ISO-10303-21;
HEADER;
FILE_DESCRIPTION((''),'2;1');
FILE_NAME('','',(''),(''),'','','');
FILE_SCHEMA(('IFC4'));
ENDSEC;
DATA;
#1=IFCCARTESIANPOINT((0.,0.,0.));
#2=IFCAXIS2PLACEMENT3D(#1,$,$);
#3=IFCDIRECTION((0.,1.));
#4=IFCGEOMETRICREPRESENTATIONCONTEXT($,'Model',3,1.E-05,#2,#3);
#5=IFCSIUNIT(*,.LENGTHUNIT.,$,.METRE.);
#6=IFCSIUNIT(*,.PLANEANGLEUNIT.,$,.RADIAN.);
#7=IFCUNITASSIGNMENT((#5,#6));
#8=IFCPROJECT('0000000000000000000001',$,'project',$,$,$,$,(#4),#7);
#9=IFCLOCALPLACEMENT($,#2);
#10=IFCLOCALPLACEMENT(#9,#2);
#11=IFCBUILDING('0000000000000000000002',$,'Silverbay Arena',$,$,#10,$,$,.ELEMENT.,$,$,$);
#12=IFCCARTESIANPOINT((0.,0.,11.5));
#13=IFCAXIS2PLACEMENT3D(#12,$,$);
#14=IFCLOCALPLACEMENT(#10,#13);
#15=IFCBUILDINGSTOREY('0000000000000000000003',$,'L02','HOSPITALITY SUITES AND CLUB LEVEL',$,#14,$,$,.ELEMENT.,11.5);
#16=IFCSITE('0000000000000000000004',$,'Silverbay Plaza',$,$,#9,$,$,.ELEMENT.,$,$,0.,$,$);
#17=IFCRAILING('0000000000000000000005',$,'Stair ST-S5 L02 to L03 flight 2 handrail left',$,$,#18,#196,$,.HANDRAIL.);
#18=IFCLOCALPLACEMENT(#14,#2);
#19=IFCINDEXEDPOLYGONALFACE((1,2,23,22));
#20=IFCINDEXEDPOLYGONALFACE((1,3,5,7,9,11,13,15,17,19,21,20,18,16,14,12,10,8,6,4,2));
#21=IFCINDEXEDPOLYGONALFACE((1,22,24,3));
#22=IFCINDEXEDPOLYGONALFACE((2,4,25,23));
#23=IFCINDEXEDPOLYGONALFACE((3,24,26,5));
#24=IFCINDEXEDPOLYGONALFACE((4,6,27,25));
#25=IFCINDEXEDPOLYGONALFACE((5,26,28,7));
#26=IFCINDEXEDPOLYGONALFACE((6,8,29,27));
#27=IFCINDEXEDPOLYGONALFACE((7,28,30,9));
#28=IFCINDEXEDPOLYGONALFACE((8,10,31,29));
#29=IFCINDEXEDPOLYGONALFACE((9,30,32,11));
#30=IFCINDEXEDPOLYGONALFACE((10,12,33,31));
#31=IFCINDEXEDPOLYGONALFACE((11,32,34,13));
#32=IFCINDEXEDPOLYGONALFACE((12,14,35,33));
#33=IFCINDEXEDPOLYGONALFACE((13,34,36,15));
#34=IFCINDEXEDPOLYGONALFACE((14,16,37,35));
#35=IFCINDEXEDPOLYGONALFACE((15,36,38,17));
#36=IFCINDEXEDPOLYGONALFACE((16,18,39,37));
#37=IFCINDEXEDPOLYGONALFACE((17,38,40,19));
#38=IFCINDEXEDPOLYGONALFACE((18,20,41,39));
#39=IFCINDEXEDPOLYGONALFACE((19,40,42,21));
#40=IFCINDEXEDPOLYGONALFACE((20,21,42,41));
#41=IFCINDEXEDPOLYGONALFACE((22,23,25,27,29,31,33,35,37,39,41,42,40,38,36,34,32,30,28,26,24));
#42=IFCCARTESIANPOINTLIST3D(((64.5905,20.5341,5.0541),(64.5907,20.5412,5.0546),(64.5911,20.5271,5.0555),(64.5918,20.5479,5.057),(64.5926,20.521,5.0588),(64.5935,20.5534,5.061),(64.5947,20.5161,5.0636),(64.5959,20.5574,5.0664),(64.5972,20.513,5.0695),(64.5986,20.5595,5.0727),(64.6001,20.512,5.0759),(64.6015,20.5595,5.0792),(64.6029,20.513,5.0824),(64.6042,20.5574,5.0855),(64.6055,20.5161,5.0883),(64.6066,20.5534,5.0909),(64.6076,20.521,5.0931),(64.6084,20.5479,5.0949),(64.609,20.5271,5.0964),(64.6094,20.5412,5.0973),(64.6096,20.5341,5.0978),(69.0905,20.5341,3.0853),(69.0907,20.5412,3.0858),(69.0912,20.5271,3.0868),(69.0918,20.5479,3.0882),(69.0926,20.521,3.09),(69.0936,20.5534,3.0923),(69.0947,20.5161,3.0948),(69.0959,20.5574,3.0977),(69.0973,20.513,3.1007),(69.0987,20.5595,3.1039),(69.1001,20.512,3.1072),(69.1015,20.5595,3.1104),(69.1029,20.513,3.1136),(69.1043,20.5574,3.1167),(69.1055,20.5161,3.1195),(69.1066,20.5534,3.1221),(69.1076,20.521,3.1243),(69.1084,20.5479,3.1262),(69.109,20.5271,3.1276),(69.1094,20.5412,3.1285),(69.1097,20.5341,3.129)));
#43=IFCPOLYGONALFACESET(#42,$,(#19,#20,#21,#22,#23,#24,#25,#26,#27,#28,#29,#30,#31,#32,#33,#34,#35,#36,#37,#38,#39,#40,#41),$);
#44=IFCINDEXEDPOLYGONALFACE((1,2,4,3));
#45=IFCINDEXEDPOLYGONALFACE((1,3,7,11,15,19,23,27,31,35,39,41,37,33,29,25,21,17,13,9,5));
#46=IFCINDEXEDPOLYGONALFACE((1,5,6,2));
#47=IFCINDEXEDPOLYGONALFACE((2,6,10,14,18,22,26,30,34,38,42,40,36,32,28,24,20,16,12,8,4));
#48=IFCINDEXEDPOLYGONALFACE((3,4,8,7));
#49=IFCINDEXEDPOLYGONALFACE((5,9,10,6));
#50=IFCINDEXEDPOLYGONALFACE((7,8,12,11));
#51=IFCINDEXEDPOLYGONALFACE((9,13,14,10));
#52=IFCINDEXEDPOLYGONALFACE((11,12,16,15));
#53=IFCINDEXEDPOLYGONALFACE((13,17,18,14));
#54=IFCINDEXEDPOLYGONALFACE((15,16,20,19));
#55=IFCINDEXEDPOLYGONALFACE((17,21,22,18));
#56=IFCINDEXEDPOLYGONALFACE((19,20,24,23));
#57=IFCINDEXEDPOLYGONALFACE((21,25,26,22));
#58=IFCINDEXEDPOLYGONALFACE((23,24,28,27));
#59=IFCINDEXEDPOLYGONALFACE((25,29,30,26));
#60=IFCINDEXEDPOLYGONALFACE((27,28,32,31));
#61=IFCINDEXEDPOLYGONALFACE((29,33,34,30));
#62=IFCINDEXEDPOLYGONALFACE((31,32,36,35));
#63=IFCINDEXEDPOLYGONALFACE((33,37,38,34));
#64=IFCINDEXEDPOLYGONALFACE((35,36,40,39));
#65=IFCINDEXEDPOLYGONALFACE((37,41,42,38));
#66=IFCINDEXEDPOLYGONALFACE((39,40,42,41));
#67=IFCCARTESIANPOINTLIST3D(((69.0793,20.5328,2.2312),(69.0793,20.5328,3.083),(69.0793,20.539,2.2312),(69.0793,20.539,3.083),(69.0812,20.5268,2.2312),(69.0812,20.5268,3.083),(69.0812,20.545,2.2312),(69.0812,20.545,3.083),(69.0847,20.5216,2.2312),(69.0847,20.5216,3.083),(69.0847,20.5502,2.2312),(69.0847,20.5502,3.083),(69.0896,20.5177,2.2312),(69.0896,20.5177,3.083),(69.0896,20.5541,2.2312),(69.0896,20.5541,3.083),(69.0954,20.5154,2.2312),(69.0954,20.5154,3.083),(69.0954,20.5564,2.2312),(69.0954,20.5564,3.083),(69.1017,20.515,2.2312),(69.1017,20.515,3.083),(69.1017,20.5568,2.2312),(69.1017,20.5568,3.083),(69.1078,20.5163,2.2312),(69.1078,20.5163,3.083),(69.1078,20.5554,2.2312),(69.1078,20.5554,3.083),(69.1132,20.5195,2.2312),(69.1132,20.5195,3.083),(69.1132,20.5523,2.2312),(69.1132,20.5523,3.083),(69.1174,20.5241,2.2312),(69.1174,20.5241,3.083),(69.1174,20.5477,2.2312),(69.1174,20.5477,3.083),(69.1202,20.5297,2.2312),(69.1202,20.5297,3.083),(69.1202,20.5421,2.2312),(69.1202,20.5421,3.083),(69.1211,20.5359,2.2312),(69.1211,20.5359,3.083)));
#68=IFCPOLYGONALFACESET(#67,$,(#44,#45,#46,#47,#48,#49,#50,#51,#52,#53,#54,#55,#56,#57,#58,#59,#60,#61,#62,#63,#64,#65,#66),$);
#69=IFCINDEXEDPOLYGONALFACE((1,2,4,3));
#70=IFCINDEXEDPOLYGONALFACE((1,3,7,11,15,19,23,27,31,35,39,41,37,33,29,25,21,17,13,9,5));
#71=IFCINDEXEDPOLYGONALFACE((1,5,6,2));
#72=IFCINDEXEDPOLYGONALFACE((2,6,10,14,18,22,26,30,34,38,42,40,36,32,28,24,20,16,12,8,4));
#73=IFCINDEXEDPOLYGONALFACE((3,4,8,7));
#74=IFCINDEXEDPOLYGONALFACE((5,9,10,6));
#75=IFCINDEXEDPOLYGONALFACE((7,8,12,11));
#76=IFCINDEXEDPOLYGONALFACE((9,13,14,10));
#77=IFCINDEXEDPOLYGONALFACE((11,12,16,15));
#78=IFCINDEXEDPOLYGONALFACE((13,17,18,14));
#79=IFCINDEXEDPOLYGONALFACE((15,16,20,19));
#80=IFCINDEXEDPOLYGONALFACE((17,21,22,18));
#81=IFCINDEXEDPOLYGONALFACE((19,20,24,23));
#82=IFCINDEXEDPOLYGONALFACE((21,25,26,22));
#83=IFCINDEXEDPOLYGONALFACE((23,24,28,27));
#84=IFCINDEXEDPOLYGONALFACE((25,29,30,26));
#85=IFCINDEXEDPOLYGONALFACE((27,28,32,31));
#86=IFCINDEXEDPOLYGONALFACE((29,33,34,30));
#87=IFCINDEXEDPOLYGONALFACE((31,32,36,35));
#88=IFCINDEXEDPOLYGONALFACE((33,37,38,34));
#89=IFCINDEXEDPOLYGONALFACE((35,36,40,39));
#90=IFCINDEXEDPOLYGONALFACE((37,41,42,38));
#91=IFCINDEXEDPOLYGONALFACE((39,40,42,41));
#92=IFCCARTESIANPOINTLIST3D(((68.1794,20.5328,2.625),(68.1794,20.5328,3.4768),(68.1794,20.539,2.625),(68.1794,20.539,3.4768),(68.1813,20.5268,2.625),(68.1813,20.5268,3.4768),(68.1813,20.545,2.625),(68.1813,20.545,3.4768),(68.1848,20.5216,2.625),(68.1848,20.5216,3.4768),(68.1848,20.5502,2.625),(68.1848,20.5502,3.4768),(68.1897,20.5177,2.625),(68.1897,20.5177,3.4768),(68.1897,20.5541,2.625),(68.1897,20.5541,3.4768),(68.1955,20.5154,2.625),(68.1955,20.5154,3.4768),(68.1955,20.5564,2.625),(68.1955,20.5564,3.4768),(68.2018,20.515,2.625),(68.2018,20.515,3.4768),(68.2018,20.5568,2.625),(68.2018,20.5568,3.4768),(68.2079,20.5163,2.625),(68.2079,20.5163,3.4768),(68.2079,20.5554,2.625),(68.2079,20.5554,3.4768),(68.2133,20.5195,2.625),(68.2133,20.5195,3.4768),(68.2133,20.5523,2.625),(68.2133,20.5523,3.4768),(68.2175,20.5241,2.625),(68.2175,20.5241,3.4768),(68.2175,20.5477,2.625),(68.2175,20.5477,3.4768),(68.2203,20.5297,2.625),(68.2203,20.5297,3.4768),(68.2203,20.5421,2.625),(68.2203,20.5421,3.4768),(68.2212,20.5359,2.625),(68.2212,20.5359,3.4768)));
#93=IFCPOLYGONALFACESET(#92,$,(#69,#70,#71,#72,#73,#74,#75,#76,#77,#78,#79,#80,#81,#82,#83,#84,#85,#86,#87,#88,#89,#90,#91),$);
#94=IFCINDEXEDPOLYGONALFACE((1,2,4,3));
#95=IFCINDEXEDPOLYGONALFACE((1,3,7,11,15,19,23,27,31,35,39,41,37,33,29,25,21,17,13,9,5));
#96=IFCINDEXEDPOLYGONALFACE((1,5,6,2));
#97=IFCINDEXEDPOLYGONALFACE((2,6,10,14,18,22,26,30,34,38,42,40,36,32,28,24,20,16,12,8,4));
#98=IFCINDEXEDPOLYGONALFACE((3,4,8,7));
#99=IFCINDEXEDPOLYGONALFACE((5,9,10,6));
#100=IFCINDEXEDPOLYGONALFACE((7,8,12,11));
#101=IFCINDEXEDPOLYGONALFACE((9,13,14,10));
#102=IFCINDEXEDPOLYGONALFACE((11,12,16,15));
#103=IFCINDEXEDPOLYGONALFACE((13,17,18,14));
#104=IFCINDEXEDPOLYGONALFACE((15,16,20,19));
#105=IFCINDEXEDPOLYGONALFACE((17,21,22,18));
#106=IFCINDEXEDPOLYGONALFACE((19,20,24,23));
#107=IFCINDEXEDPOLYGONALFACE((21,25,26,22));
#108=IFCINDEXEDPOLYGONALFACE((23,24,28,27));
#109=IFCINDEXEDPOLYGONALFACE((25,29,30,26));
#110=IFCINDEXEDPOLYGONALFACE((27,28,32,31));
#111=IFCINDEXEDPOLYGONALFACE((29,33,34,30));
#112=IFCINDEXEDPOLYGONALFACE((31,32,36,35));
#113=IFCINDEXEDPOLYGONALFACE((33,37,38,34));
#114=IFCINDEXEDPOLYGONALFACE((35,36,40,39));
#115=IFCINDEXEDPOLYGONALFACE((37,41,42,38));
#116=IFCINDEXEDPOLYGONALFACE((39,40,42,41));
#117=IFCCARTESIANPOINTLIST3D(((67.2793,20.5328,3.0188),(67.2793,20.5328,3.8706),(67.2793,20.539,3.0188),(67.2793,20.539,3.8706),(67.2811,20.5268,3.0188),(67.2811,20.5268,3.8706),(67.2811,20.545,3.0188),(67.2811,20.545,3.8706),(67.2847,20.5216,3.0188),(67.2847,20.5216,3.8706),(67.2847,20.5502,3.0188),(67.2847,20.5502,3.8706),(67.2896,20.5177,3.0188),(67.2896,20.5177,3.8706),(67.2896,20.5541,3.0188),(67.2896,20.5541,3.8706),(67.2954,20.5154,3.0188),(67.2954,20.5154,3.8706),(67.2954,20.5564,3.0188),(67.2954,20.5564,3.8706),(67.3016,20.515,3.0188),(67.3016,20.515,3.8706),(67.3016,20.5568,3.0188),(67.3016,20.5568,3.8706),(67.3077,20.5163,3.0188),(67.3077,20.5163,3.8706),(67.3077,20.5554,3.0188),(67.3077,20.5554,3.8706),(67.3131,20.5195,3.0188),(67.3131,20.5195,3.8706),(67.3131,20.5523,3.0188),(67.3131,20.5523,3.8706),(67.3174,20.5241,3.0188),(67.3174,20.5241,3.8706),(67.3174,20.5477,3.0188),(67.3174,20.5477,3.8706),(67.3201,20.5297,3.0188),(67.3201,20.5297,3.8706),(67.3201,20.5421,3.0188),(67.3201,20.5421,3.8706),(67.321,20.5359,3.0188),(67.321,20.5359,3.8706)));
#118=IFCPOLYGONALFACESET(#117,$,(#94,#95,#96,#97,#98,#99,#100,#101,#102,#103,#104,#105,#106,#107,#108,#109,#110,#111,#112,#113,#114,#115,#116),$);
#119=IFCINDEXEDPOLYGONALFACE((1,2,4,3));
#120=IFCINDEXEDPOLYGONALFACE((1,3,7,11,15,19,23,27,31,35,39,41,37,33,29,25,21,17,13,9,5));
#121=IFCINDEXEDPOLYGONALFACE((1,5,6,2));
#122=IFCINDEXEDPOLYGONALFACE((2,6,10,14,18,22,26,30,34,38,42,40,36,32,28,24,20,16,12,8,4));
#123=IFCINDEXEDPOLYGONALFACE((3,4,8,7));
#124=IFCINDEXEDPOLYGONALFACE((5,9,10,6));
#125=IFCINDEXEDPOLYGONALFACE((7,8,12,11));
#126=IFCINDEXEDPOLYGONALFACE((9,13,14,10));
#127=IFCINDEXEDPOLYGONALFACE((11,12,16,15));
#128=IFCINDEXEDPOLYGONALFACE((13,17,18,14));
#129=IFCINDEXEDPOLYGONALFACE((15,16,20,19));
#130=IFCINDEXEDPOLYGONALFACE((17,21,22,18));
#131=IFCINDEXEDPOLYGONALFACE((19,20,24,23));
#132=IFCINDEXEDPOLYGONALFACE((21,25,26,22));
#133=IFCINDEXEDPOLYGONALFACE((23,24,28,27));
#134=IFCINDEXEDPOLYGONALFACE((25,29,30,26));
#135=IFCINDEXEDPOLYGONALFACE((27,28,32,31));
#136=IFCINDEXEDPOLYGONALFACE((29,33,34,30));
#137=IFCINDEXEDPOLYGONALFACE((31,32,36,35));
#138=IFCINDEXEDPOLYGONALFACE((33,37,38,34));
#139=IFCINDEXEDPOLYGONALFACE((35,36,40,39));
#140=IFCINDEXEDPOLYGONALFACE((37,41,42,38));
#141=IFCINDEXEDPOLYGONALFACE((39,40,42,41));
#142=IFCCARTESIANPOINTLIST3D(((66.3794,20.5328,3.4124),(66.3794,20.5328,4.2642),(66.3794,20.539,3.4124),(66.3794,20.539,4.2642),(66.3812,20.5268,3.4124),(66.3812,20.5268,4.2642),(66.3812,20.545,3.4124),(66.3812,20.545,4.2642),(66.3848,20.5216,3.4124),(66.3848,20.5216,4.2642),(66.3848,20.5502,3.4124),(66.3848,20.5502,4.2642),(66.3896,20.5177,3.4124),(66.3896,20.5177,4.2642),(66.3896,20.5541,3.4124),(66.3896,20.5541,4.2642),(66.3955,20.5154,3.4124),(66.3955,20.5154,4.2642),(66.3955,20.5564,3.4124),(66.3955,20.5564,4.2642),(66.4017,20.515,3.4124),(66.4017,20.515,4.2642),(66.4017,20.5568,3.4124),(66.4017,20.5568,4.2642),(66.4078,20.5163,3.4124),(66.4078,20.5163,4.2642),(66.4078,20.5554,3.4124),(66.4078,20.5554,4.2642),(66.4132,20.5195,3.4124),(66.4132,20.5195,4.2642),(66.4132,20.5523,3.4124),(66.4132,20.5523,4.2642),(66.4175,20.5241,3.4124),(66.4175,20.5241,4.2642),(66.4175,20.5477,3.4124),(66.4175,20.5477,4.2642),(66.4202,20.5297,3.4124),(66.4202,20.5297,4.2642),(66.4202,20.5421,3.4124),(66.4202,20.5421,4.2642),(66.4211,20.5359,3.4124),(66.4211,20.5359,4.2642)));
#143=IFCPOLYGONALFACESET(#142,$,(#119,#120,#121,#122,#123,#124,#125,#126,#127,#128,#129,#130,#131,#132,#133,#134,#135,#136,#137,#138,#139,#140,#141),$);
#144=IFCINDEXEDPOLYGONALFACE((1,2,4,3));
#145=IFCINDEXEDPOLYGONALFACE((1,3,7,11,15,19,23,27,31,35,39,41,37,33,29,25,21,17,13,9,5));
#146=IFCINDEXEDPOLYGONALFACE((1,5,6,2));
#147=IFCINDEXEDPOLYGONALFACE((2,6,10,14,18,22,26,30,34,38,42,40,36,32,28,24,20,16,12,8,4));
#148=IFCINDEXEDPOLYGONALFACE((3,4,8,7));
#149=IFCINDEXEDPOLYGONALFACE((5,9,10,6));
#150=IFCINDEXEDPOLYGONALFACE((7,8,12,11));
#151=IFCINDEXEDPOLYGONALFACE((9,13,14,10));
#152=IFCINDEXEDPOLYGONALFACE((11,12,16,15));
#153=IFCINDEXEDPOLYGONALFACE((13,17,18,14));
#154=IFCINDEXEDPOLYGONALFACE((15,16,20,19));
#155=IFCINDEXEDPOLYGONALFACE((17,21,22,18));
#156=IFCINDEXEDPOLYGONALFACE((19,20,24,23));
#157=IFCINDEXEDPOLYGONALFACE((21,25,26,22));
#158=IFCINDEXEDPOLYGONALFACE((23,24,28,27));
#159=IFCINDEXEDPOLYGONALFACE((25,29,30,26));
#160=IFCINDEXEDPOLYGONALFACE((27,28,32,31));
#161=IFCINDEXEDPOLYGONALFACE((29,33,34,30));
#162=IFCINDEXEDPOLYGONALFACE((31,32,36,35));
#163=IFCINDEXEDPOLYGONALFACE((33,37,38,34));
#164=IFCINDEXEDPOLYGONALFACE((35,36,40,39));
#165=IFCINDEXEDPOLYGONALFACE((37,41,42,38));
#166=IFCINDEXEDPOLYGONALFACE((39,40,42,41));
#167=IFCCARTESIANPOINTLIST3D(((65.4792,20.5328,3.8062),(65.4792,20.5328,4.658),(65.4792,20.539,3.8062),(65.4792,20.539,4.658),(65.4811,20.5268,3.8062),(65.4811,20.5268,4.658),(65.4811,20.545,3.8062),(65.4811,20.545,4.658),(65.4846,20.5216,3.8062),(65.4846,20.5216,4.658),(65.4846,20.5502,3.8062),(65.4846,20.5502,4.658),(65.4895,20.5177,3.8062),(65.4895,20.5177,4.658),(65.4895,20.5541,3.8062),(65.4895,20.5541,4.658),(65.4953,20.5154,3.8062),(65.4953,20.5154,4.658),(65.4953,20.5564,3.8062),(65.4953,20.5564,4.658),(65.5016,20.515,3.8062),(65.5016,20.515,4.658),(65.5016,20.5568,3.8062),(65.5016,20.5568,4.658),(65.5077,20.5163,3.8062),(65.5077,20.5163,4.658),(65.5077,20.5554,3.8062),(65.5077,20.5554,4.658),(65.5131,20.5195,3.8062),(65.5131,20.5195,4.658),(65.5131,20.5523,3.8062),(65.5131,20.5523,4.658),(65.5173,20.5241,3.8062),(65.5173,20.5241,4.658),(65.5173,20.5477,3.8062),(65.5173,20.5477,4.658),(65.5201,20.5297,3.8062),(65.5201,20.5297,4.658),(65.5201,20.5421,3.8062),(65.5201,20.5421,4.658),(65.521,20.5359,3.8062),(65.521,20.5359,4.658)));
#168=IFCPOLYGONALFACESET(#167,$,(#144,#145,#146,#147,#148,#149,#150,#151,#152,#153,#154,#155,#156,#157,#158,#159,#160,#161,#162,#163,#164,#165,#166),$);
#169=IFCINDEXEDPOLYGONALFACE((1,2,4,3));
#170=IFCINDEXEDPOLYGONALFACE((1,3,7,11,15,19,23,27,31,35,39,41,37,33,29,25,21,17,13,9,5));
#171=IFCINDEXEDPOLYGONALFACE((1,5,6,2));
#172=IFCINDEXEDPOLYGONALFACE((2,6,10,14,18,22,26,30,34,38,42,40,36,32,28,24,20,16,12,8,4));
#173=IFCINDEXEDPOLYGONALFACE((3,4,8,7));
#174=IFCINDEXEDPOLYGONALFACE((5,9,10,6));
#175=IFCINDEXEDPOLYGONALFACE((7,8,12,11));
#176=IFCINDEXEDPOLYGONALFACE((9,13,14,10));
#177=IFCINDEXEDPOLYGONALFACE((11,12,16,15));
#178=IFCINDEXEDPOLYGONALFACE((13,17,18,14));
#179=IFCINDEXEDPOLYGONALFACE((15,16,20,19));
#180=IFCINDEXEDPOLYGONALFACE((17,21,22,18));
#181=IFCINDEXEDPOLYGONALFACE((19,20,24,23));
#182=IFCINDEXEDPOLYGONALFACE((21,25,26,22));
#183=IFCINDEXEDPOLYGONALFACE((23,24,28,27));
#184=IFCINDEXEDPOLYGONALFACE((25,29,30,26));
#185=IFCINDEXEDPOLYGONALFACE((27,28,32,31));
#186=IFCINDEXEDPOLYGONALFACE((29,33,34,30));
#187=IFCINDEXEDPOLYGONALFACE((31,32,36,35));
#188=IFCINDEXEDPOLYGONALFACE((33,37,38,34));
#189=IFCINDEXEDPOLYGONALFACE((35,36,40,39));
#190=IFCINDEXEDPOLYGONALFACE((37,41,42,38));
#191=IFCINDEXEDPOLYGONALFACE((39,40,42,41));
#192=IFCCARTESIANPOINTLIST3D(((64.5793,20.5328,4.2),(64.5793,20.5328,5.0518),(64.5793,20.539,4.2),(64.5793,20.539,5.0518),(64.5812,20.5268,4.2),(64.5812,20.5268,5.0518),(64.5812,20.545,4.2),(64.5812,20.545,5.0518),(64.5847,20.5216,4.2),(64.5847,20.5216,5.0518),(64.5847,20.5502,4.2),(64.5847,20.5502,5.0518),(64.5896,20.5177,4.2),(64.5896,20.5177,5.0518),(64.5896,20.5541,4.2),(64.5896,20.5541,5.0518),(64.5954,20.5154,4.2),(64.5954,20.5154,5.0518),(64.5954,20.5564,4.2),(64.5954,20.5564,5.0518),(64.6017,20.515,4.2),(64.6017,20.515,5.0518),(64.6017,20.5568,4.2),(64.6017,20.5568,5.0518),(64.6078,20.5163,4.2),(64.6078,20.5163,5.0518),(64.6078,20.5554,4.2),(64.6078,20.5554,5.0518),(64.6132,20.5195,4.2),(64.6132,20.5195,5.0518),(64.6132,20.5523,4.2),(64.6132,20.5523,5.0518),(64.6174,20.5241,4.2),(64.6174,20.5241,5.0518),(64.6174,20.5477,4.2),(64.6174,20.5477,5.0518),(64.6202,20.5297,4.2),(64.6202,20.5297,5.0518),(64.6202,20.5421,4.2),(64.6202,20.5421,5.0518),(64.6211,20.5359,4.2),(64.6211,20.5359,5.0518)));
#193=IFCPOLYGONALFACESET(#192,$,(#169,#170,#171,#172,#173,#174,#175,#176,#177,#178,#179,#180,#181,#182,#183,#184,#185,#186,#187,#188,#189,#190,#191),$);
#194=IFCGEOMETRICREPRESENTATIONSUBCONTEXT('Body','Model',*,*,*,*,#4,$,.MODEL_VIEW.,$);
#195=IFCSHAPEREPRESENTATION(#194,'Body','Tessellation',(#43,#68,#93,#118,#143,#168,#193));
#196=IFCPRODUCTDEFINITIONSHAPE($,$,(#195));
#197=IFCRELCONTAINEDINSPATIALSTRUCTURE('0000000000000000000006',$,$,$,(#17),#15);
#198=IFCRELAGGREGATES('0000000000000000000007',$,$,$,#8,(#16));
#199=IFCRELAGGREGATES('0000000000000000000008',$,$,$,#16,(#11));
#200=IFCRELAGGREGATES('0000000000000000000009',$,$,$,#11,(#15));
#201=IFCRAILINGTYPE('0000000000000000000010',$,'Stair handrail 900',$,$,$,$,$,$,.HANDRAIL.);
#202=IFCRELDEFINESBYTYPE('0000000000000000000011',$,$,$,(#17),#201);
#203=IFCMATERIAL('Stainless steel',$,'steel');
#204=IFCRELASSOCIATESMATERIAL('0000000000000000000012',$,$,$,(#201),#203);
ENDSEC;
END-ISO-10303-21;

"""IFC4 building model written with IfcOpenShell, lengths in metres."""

from ifc_helpers import new_model, si_unit, direction, frame, origin, origin_2d, place, context, subcontext, project, spatial, circle, extrude, material, type_object, element, save


model = new_model("IFC4")

# Units and contexts
model_context = context("Model", 3, precision=1e-05, world=origin(), true_north=direction((0.0, 1.0)))
body_context = subcontext(model_context, "Body", "Model", "MODEL_VIEW")
ifc_project = project(units=[si_unit("LENGTHUNIT", "METRE"), si_unit("PLANEANGLEUNIT", "RADIAN")], contexts=[model_context])

# Site, building, storey
site_placement = place(None, origin())
site = spatial("IfcSite", under=ifc_project, at=site_placement, Name="Silverbay Plaza", CompositionType="ELEMENT", RefElevation=0.0)
building_placement = place(site_placement, origin())
building = spatial("IfcBuilding", under=site, at=building_placement, Name="Silverbay Arena", CompositionType="ELEMENT")
storey_placement = place(building_placement, frame((0.0, 0.0, 11.5)))
storey = spatial("IfcBuildingStorey", under=building, at=storey_placement, Name="L02", Description="HOSPITALITY SUITES AND CLUB LEVEL", CompositionType="ELEMENT", Elevation=11.5)

# Railing
ifc_material_1 = material(Name="Stainless steel", Category="steel")
railing_type_1 = type_object("IfcRailingType", Name="Stair handrail 900", PredefinedType="HANDRAIL", material=ifc_material_1)
for number, where, name in (
    (1, (69.1001, 20.5359, 2.2312), "Stair ST-S5 L02 to L03 flight 2 handrail left"),
):
    element("IfcRailing", number, at=place(storey_placement, frame(where)), inside=storey, type_object=railing_type_1, Name=name, PredefinedType="HANDRAIL", context=body_context, shape_type="SweptSolid", body=[
        extrude(circle(Radius=0.0239, at=origin_2d()), frame((0.0, 0.0, 0.876), z_axis=(-0.916157, 0.0, 0.400819), x_axis=(0.0, -1.0, 0.0)), (0.0, 0.0, 1.0), 4.9119),
        extrude(circle(Radius=0.021, at=origin_2d()), origin(), (0.0, 0.0, 1.0), 0.8518),
        extrude(circle(Radius=0.021, at=origin_2d()), frame((-0.8999, 0.0, 0.3938)), (0.0, 0.0, 1.0), 0.8518),
        extrude(circle(Radius=0.021, at=origin_2d()), frame((-1.8, 0.0, 0.7876)), (0.0, 0.0, 1.0), 0.8518),
        extrude(circle(Radius=0.021, at=origin_2d()), frame((-2.7, 0.0, 1.1812)), (0.0, 0.0, 1.0), 0.8518),
        extrude(circle(Radius=0.021, at=origin_2d()), frame((-3.6001, 0.0, 1.575)), (0.0, 0.0, 1.0), 0.8518),
        extrude(circle(Radius=0.021, at=origin_2d()), frame((-4.5, 0.0, 1.9688)), (0.0, 0.0, 1.0), 0.8518),
    ])

save(model, "model.ifc")
